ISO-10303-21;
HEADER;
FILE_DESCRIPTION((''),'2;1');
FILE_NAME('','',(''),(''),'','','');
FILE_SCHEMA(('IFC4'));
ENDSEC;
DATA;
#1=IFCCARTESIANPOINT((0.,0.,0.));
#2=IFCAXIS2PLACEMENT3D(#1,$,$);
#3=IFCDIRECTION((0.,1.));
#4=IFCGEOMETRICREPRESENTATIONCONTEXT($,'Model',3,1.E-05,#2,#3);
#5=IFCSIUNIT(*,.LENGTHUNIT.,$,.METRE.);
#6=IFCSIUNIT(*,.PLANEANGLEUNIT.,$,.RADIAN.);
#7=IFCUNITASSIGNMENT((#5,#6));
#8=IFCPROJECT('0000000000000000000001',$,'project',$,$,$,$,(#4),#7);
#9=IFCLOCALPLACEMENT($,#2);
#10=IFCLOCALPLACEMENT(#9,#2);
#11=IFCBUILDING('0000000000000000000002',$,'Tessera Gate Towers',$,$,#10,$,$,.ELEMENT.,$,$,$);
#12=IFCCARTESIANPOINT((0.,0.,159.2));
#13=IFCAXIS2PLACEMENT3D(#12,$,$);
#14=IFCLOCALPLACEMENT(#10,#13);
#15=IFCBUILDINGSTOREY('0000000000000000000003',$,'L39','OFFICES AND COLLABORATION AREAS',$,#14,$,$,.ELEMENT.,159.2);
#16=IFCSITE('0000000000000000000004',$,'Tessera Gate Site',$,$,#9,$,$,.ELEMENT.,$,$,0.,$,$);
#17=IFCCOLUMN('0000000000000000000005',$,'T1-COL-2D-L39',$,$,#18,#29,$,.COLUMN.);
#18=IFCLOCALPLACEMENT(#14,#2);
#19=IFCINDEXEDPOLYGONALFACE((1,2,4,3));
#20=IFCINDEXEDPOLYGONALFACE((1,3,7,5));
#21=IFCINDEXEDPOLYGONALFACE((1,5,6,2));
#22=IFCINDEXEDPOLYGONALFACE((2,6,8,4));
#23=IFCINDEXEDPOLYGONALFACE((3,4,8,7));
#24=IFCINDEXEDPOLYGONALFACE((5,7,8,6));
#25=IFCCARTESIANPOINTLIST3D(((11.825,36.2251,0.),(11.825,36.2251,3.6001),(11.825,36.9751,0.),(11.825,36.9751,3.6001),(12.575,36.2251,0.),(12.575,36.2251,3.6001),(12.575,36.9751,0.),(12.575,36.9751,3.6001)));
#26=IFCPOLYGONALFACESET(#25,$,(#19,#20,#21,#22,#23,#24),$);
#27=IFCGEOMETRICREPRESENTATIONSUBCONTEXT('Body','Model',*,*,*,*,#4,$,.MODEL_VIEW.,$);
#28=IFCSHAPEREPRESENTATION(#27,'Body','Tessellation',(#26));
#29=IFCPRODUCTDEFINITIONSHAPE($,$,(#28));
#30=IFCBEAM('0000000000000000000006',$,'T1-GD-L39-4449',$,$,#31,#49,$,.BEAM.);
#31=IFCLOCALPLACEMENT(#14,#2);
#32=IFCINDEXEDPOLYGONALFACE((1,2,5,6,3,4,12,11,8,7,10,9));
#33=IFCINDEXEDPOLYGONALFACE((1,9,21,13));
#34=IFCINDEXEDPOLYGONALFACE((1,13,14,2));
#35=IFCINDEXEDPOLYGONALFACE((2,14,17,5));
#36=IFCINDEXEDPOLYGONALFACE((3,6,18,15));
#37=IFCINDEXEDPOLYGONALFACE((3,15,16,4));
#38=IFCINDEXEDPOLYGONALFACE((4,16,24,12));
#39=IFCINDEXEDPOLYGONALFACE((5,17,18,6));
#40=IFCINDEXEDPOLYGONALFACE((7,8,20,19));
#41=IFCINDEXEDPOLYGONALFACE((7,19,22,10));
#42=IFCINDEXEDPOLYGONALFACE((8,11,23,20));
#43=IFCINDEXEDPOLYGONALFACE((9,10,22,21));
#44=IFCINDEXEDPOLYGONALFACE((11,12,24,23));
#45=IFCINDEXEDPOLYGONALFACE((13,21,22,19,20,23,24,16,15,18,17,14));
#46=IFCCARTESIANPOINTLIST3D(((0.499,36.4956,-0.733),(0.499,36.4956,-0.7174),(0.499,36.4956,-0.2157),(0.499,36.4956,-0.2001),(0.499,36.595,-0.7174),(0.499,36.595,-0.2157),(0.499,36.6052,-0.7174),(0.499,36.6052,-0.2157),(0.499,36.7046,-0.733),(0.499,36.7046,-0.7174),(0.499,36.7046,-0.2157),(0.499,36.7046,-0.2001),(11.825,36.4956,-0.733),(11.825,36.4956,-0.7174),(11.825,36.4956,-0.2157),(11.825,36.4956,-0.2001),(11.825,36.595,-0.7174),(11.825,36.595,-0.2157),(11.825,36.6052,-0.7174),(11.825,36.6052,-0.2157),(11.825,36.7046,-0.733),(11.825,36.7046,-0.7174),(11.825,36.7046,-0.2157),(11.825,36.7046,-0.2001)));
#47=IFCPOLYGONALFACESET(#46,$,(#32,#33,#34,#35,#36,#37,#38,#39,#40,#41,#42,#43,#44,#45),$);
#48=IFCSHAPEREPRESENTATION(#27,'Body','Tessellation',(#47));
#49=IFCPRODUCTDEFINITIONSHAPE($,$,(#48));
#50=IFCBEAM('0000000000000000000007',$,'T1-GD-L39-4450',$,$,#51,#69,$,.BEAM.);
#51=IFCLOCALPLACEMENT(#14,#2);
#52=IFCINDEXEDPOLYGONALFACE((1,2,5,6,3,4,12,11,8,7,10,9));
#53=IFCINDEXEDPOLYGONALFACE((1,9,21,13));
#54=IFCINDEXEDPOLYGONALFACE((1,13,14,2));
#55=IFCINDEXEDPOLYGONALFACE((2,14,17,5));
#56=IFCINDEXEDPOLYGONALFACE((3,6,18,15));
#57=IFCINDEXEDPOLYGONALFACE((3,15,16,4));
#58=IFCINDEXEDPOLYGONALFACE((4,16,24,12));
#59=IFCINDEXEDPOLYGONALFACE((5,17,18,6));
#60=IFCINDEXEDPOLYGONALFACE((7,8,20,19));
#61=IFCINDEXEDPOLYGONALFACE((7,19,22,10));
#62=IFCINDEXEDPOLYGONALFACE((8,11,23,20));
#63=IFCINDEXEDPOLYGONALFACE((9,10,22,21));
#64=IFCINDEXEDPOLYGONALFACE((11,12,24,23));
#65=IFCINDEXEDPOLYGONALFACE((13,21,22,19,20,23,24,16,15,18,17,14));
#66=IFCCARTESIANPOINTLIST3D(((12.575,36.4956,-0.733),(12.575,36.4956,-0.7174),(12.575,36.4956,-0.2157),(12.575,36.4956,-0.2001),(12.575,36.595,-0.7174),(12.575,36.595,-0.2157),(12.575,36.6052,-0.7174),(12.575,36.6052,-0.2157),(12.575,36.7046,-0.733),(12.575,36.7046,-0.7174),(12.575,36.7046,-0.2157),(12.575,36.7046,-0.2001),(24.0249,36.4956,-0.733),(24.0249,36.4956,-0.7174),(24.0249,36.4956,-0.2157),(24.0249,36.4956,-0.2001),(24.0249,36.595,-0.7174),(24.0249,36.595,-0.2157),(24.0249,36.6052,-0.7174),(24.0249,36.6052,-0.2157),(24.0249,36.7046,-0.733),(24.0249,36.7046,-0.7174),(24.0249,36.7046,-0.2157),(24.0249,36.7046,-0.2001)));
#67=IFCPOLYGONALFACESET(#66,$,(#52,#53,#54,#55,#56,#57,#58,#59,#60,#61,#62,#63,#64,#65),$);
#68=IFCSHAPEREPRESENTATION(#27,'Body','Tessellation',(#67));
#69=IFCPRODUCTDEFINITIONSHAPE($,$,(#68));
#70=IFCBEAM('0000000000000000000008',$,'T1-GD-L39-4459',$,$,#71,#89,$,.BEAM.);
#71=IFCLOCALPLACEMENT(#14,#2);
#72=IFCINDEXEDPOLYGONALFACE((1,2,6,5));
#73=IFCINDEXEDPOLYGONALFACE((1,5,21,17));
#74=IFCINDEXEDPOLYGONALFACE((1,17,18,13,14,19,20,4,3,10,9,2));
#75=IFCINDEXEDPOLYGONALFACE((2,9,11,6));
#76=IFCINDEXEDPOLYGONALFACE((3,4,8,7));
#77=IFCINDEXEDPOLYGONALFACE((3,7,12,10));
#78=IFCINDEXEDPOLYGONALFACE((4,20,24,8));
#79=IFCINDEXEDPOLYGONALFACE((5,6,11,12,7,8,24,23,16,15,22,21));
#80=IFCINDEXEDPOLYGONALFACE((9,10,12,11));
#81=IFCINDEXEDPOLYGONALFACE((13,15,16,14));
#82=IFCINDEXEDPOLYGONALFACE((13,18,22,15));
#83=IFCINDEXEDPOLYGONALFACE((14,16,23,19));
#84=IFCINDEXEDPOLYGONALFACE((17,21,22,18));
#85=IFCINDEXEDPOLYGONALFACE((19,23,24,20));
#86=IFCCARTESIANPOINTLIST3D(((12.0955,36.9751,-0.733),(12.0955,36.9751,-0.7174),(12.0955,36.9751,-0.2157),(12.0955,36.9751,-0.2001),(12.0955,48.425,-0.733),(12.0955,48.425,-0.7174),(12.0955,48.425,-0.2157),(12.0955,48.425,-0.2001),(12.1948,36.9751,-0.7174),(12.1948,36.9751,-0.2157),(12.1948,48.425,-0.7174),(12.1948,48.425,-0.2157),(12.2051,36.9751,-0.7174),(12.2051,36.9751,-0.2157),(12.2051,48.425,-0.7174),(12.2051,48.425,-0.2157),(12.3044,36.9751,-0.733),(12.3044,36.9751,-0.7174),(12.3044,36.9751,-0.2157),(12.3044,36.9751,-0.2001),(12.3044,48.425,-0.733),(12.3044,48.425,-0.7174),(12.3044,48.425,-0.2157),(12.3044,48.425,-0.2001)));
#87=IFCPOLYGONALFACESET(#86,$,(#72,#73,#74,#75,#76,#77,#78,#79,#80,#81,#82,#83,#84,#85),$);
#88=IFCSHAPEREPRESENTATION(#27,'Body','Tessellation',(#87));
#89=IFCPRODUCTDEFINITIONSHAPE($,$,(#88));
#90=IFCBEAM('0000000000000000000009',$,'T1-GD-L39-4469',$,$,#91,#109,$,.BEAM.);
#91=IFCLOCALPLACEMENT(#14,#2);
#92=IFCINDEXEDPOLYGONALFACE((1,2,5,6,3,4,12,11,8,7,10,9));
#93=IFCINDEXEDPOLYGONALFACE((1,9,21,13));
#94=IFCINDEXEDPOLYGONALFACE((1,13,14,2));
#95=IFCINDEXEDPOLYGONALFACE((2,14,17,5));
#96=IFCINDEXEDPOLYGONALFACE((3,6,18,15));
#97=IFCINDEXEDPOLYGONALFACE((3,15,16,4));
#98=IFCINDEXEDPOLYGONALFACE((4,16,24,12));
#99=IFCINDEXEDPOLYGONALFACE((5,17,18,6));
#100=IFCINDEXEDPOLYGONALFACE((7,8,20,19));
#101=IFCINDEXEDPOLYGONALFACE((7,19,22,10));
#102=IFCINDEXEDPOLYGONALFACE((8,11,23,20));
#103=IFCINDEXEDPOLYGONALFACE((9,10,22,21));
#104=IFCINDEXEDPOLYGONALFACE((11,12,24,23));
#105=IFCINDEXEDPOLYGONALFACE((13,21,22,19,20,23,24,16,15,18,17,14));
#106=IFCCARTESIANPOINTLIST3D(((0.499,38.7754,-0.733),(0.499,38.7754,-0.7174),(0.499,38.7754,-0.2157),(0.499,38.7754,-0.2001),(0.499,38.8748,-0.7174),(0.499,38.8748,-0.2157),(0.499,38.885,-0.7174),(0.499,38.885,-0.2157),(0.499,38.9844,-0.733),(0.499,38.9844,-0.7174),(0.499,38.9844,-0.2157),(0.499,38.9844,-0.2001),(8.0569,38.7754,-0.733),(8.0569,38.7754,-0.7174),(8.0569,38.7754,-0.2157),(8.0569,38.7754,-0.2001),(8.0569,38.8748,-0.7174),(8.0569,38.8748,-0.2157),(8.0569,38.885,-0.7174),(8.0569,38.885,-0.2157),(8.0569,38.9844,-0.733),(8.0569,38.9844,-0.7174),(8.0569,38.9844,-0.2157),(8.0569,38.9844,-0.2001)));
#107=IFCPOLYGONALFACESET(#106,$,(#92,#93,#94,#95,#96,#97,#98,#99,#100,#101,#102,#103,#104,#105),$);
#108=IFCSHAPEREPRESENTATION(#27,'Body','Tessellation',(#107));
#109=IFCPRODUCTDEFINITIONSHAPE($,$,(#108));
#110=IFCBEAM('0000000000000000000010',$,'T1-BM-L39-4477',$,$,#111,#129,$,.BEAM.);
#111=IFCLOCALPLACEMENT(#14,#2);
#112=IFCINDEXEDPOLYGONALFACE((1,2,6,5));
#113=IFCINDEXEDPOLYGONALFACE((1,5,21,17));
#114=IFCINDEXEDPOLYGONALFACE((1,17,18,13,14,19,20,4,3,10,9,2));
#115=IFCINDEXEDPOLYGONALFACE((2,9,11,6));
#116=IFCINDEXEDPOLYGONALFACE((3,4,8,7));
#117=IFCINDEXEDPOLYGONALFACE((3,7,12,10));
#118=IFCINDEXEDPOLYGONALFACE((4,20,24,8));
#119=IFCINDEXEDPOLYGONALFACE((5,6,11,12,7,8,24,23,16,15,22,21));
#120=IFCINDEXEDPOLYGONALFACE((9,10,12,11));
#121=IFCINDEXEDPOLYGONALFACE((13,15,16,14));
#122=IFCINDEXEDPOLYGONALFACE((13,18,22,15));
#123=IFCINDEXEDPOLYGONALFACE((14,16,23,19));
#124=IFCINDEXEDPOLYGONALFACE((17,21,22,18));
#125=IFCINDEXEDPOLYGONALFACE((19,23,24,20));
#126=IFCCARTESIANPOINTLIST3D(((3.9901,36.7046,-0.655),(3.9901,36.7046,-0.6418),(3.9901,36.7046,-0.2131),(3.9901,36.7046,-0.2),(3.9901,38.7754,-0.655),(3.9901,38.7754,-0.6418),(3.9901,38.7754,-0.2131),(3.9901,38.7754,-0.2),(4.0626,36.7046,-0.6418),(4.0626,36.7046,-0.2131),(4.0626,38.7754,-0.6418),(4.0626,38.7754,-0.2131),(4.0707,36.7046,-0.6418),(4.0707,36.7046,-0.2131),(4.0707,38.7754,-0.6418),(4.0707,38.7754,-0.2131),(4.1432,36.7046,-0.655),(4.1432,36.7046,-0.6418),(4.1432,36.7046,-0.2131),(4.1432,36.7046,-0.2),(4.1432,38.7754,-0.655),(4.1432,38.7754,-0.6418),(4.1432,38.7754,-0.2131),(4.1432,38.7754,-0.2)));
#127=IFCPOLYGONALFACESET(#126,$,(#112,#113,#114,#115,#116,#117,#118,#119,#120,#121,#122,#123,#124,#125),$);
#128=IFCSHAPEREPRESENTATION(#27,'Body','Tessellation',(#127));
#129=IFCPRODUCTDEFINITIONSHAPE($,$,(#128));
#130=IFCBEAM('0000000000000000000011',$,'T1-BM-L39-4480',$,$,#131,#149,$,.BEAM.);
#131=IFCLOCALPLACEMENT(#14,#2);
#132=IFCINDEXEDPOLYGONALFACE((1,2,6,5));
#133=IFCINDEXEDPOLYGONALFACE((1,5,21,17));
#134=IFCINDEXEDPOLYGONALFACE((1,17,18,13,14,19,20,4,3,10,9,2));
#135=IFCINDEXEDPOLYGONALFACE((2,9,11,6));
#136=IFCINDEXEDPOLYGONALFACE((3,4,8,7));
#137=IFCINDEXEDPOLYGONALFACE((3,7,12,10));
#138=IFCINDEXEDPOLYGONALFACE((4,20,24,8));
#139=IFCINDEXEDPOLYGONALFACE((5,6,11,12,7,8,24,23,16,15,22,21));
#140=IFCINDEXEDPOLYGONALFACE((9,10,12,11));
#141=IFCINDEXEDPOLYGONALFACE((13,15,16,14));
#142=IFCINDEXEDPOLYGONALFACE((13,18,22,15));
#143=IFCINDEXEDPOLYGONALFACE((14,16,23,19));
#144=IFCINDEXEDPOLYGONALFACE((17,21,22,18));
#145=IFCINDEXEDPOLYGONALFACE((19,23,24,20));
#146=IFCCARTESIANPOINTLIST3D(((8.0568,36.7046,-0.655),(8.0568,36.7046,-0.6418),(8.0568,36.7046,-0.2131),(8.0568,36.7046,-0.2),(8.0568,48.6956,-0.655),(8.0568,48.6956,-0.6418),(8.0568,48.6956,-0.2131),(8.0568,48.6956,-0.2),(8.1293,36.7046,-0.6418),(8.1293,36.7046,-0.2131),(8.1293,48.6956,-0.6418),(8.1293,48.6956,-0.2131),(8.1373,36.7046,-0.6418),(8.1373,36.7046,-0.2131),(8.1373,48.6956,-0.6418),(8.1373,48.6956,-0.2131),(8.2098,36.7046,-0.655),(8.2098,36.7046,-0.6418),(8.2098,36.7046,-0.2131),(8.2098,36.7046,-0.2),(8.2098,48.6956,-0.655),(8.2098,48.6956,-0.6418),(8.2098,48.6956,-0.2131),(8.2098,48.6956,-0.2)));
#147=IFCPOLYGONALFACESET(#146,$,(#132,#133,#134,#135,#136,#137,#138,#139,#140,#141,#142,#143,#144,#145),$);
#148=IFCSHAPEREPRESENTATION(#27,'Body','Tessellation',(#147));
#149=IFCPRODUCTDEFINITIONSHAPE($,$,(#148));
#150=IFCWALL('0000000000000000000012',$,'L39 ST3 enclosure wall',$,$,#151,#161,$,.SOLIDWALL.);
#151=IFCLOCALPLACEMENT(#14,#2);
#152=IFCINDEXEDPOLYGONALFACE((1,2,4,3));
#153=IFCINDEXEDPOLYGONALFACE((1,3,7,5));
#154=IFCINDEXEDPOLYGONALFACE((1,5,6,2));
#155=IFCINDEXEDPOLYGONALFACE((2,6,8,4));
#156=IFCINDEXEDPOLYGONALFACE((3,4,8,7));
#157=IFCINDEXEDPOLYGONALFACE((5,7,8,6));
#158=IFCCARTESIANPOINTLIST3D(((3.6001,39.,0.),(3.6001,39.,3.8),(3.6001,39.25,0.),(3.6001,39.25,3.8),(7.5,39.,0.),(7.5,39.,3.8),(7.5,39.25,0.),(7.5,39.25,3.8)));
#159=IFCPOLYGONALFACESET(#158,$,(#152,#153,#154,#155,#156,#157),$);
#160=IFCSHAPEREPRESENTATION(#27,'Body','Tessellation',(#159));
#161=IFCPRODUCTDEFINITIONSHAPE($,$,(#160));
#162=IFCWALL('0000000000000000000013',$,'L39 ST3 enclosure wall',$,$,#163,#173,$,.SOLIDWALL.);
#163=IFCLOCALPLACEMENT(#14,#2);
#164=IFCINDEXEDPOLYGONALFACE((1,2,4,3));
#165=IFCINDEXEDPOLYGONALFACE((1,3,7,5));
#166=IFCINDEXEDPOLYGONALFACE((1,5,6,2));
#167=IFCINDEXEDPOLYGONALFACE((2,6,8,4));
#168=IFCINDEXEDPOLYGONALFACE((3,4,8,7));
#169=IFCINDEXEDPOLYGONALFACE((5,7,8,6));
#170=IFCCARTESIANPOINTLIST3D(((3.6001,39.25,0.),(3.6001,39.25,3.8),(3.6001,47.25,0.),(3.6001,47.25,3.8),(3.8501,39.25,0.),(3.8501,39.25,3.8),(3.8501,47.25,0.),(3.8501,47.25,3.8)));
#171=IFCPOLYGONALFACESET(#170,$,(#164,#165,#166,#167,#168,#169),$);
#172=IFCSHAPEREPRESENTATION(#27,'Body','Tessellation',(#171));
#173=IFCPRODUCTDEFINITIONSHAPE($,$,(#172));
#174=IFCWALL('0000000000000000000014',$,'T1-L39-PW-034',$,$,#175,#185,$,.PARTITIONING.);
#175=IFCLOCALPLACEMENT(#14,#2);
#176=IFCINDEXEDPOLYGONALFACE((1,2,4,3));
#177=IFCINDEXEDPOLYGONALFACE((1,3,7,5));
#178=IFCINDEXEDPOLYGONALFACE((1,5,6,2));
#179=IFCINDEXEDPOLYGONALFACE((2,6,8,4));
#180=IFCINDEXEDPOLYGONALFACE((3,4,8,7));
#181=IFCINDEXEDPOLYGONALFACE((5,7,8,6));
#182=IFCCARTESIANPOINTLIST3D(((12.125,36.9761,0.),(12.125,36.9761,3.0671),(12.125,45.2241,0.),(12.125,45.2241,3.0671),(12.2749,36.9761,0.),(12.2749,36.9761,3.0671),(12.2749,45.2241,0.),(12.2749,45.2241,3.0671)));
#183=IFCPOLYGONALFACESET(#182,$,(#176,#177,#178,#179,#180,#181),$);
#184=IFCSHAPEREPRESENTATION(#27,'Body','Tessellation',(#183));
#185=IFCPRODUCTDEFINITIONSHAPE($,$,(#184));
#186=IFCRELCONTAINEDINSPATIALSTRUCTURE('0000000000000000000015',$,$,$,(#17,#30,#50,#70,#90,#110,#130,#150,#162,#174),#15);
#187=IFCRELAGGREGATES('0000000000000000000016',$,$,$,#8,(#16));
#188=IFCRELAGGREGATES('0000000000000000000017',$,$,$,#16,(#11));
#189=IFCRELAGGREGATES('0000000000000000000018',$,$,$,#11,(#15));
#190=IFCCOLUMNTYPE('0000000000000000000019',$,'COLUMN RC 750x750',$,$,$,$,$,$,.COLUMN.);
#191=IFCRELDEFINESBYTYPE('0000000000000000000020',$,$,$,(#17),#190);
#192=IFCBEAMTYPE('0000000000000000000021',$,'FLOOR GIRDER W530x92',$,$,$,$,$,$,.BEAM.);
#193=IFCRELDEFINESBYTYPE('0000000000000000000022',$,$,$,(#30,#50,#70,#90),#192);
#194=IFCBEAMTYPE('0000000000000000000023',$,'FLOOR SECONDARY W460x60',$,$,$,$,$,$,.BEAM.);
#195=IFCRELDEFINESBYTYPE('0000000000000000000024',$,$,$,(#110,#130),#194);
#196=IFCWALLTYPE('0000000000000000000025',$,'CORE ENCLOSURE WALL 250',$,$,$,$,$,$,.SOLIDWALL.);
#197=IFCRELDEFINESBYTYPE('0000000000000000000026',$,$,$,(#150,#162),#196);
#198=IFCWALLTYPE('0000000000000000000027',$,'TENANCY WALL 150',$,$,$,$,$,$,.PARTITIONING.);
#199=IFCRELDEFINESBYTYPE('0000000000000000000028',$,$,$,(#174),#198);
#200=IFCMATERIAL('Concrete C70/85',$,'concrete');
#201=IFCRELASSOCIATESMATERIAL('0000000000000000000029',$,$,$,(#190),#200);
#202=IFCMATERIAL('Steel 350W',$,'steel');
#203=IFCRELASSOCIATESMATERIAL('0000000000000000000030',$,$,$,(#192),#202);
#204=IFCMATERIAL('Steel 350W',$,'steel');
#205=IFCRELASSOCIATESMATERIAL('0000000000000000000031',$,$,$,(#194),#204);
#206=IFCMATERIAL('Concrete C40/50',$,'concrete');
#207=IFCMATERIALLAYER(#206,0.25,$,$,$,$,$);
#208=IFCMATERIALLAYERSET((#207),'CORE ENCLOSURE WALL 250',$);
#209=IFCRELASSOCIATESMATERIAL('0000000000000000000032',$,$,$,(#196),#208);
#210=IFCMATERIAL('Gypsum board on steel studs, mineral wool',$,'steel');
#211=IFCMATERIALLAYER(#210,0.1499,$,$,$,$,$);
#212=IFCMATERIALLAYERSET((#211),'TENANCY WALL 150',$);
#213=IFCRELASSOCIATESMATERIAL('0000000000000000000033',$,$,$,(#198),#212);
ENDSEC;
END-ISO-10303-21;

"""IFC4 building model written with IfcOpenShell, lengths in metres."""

from ifc_helpers import new_model, si_unit, direction, frame, frame_2d, origin, origin_2d, place, context, subcontext, project, spatial, rectangle, i_section, extrude, material, layer, layer_set, material_profile, profile_set, type_object, element, save


model = new_model("IFC4")

# Units and contexts
model_context = context("Model", 3, precision=1e-05, world=origin(), true_north=direction((0.0, 1.0)))
body_context = subcontext(model_context, "Body", "Model", "MODEL_VIEW")
ifc_project = project(units=[si_unit("LENGTHUNIT", "METRE"), si_unit("PLANEANGLEUNIT", "RADIAN")], contexts=[model_context])

# Site, building, storey
site_placement = place(None, origin())
site = spatial("IfcSite", under=ifc_project, at=site_placement, Name="Tessera Gate Site", CompositionType="ELEMENT", RefElevation=0.0)
building_placement = place(site_placement, origin())
building = spatial("IfcBuilding", under=site, at=building_placement, Name="Tessera Gate Towers", CompositionType="ELEMENT")
storey_placement = place(building_placement, frame((0.0, 0.0, 159.2)))
storey = spatial("IfcBuildingStorey", under=building, at=storey_placement, Name="L39", Description="OFFICES AND COLLABORATION AREAS", CompositionType="ELEMENT", Elevation=159.2)

# Column
ifc_material_1 = material(Name="Concrete C70/85", Category="concrete")
ifc_material_profile_1 = material_profile(ifc_material_1, rectangle(XDim=0.75, YDim=0.75, at=origin_2d()), Name="RC 750x750")
ifc_profile_set_1 = profile_set([ifc_material_profile_1], Name="Concrete C70/85")
column_type = type_object("IfcColumnType", Name="COLUMN RC 750x750", PredefinedType="COLUMN", material=ifc_profile_set_1)
column_placement = place(storey_placement, frame((12.2, 36.6001, 0.0), z_axis=(0.0, 0.0, 1.0), x_axis=(1.0, 0.0, 0.0)))
element("IfcColumn", 1, at=column_placement, inside=storey, type_object=column_type, Name="T1-COL-2D-L39", PredefinedType="COLUMN", context=body_context, shape_type="SweptSolid", body=[
    extrude(rectangle(XDim=0.75, YDim=0.75, at=origin_2d()), origin(), (0.0, 0.0, 1.0), 3.6001),
])

# Beams
ifc_material_2 = material(Name="Steel 350W", Category="steel")
ifc_material_profile_2 = material_profile(ifc_material_2, i_section(OverallWidth=0.209, OverallDepth=0.533, WebThickness=0.0103, FlangeThickness=0.0156, at=origin_2d()), Name="W530x92")
ifc_profile_set_2 = profile_set([ifc_material_profile_2], Name="Steel 350W")
beam_type_1 = type_object("IfcBeamType", Name="FLOOR GIRDER W530x92", PredefinedType="BEAM", material=ifc_profile_set_2)
beam_1_placement = place(storey_placement, frame((0.499, 36.6001, -0.4666), z_axis=(1.0, 0.0, 0.0), x_axis=(0.0, 1.0, 0.0)))
element("IfcBeam", 2, at=beam_1_placement, inside=storey, type_object=beam_type_1, Name="T1-GD-L39-4449", PredefinedType="BEAM", context=body_context, shape_type="SweptSolid", body=[
    extrude(i_section(OverallWidth=0.209, OverallDepth=0.533, WebThickness=0.0103, FlangeThickness=0.0156, at=origin_2d()), origin(), (0.0, 0.0, 1.0), 11.3259),
])
for number, where, z_axis, x_axis, name in (
    (3, (12.575, 36.6001, -0.4666), (1.0, 0.0, 0.0), (0.0, 1.0, 0.0), "T1-GD-L39-4450"),
    (4, (12.2, 36.9751, -0.4666), (0.0, 1.0, 0.0), (-1.0, 0.0, 0.0), "T1-GD-L39-4459"),
):
    element("IfcBeam", number, at=place(storey_placement, frame(where, z_axis=z_axis, x_axis=x_axis)), inside=storey, type_object=beam_type_1, Name=name, PredefinedType="BEAM", context=body_context, shape_type="SweptSolid", body=[
        extrude(i_section(OverallWidth=0.209, OverallDepth=0.533, WebThickness=0.0103, FlangeThickness=0.0156, at=origin_2d()), origin(), (0.0, 0.0, 1.0), 11.45),
    ])
beam_2_placement = place(storey_placement, frame((0.499, 38.8799, -0.4666), z_axis=(1.0, 0.0, 0.0), x_axis=(0.0, 1.0, 0.0)))
element("IfcBeam", 5, at=beam_2_placement, inside=storey, type_object=beam_type_1, Name="T1-GD-L39-4469", PredefinedType="BEAM", context=body_context, shape_type="SweptSolid", body=[
    extrude(i_section(OverallWidth=0.209, OverallDepth=0.533, WebThickness=0.0103, FlangeThickness=0.0156, at=origin_2d()), origin(), (0.0, 0.0, 1.0), 7.5579),
])
ifc_material_3 = material(Name="Steel 350W", Category="steel")
ifc_material_profile_3 = material_profile(ifc_material_3, i_section(OverallWidth=0.1531, OverallDepth=0.4551, WebThickness=0.0081, FlangeThickness=0.0132, at=origin_2d()), Name="W460x60")
ifc_profile_set_3 = profile_set([ifc_material_profile_3], Name="Steel 350W")
beam_type_2 = type_object("IfcBeamType", Name="FLOOR SECONDARY W460x60", PredefinedType="BEAM", material=ifc_profile_set_3)
beam_3_placement = place(storey_placement, frame((4.0667, 36.7046, -0.4275), z_axis=(0.0, 1.0, 0.0), x_axis=(-1.0, 0.0, 0.0)))
element("IfcBeam", 6, at=beam_3_placement, inside=storey, type_object=beam_type_2, Name="T1-BM-L39-4477", PredefinedType="BEAM", context=body_context, shape_type="SweptSolid", body=[
    extrude(i_section(OverallWidth=0.1531, OverallDepth=0.4551, WebThickness=0.0081, FlangeThickness=0.0132, at=origin_2d()), origin(), (0.0, 0.0, 1.0), 2.0708),
])
beam_4_placement = place(storey_placement, frame((8.1333, 36.7046, -0.4275), z_axis=(0.0, 1.0, 0.0), x_axis=(-1.0, 0.0, 0.0)))
element("IfcBeam", 7, at=beam_4_placement, inside=storey, type_object=beam_type_2, Name="T1-BM-L39-4480", PredefinedType="BEAM", context=body_context, shape_type="SweptSolid", body=[
    extrude(i_section(OverallWidth=0.1531, OverallDepth=0.4551, WebThickness=0.0081, FlangeThickness=0.0132, at=origin_2d()), origin(), (0.0, 0.0, 1.0), 11.991),
])

# Walls
ifc_material_4 = material(Name="Concrete C40/50", Category="concrete")
ifc_layer_1 = layer(ifc_material_4, 0.25)
ifc_layer_set_1 = layer_set([ifc_layer_1], Name="CORE ENCLOSURE WALL 250")
wall_type_1 = type_object("IfcWallType", Name="CORE ENCLOSURE WALL 250", PredefinedType="SOLIDWALL", material=ifc_layer_set_1)
wall_1_placement = place(storey_placement, frame((7.5, 39.125, 0.0), z_axis=(0.0, 0.0, 1.0), x_axis=(-1.0, 0.0, 0.0)))
element("IfcWall", 8, at=wall_1_placement, inside=storey, type_object=wall_type_1, Name="L39 ST3 enclosure wall", PredefinedType="SOLIDWALL", context=body_context, shape_type="SweptSolid", body=[
    extrude(rectangle(XDim=3.8999, YDim=0.25, at=frame_2d((1.95, 0.0))), origin(), (0.0, 0.0, 1.0), 3.8),
])
wall_2_placement = place(storey_placement, frame((3.7251, 39.25, 0.0), z_axis=(0.0, 0.0, 1.0), x_axis=(0.0, 1.0, 0.0)))
element("IfcWall", 9, at=wall_2_placement, inside=storey, type_object=wall_type_1, Name="L39 ST3 enclosure wall", PredefinedType="SOLIDWALL", context=body_context, shape_type="SweptSolid", body=[
    extrude(rectangle(XDim=8.0, YDim=0.25, at=frame_2d((4.0, 0.0))), origin(), (0.0, 0.0, 1.0), 3.8),
])
ifc_material_5 = material(Name="Gypsum board on steel studs, mineral wool", Category="steel")
ifc_layer_2 = layer(ifc_material_5, 0.1499)
ifc_layer_set_2 = layer_set([ifc_layer_2], Name="TENANCY WALL 150")
wall_type_2 = type_object("IfcWallType", Name="TENANCY WALL 150", PredefinedType="PARTITIONING", material=ifc_layer_set_2)
wall_3_placement = place(storey_placement, frame((12.2, 36.9761, 0.0), z_axis=(0.0, 0.0, 1.0), x_axis=(0.0, 1.0, 0.0)))
element("IfcWall", 10, at=wall_3_placement, inside=storey, type_object=wall_type_2, Name="T1-L39-PW-034", PredefinedType="PARTITIONING", context=body_context, shape_type="SweptSolid", body=[
    extrude(rectangle(XDim=8.248, YDim=0.1499, at=frame_2d((4.124, 0.0))), origin(), (0.0, 0.0, 1.0), 3.0671),
])

save(model, "model.ifc")
